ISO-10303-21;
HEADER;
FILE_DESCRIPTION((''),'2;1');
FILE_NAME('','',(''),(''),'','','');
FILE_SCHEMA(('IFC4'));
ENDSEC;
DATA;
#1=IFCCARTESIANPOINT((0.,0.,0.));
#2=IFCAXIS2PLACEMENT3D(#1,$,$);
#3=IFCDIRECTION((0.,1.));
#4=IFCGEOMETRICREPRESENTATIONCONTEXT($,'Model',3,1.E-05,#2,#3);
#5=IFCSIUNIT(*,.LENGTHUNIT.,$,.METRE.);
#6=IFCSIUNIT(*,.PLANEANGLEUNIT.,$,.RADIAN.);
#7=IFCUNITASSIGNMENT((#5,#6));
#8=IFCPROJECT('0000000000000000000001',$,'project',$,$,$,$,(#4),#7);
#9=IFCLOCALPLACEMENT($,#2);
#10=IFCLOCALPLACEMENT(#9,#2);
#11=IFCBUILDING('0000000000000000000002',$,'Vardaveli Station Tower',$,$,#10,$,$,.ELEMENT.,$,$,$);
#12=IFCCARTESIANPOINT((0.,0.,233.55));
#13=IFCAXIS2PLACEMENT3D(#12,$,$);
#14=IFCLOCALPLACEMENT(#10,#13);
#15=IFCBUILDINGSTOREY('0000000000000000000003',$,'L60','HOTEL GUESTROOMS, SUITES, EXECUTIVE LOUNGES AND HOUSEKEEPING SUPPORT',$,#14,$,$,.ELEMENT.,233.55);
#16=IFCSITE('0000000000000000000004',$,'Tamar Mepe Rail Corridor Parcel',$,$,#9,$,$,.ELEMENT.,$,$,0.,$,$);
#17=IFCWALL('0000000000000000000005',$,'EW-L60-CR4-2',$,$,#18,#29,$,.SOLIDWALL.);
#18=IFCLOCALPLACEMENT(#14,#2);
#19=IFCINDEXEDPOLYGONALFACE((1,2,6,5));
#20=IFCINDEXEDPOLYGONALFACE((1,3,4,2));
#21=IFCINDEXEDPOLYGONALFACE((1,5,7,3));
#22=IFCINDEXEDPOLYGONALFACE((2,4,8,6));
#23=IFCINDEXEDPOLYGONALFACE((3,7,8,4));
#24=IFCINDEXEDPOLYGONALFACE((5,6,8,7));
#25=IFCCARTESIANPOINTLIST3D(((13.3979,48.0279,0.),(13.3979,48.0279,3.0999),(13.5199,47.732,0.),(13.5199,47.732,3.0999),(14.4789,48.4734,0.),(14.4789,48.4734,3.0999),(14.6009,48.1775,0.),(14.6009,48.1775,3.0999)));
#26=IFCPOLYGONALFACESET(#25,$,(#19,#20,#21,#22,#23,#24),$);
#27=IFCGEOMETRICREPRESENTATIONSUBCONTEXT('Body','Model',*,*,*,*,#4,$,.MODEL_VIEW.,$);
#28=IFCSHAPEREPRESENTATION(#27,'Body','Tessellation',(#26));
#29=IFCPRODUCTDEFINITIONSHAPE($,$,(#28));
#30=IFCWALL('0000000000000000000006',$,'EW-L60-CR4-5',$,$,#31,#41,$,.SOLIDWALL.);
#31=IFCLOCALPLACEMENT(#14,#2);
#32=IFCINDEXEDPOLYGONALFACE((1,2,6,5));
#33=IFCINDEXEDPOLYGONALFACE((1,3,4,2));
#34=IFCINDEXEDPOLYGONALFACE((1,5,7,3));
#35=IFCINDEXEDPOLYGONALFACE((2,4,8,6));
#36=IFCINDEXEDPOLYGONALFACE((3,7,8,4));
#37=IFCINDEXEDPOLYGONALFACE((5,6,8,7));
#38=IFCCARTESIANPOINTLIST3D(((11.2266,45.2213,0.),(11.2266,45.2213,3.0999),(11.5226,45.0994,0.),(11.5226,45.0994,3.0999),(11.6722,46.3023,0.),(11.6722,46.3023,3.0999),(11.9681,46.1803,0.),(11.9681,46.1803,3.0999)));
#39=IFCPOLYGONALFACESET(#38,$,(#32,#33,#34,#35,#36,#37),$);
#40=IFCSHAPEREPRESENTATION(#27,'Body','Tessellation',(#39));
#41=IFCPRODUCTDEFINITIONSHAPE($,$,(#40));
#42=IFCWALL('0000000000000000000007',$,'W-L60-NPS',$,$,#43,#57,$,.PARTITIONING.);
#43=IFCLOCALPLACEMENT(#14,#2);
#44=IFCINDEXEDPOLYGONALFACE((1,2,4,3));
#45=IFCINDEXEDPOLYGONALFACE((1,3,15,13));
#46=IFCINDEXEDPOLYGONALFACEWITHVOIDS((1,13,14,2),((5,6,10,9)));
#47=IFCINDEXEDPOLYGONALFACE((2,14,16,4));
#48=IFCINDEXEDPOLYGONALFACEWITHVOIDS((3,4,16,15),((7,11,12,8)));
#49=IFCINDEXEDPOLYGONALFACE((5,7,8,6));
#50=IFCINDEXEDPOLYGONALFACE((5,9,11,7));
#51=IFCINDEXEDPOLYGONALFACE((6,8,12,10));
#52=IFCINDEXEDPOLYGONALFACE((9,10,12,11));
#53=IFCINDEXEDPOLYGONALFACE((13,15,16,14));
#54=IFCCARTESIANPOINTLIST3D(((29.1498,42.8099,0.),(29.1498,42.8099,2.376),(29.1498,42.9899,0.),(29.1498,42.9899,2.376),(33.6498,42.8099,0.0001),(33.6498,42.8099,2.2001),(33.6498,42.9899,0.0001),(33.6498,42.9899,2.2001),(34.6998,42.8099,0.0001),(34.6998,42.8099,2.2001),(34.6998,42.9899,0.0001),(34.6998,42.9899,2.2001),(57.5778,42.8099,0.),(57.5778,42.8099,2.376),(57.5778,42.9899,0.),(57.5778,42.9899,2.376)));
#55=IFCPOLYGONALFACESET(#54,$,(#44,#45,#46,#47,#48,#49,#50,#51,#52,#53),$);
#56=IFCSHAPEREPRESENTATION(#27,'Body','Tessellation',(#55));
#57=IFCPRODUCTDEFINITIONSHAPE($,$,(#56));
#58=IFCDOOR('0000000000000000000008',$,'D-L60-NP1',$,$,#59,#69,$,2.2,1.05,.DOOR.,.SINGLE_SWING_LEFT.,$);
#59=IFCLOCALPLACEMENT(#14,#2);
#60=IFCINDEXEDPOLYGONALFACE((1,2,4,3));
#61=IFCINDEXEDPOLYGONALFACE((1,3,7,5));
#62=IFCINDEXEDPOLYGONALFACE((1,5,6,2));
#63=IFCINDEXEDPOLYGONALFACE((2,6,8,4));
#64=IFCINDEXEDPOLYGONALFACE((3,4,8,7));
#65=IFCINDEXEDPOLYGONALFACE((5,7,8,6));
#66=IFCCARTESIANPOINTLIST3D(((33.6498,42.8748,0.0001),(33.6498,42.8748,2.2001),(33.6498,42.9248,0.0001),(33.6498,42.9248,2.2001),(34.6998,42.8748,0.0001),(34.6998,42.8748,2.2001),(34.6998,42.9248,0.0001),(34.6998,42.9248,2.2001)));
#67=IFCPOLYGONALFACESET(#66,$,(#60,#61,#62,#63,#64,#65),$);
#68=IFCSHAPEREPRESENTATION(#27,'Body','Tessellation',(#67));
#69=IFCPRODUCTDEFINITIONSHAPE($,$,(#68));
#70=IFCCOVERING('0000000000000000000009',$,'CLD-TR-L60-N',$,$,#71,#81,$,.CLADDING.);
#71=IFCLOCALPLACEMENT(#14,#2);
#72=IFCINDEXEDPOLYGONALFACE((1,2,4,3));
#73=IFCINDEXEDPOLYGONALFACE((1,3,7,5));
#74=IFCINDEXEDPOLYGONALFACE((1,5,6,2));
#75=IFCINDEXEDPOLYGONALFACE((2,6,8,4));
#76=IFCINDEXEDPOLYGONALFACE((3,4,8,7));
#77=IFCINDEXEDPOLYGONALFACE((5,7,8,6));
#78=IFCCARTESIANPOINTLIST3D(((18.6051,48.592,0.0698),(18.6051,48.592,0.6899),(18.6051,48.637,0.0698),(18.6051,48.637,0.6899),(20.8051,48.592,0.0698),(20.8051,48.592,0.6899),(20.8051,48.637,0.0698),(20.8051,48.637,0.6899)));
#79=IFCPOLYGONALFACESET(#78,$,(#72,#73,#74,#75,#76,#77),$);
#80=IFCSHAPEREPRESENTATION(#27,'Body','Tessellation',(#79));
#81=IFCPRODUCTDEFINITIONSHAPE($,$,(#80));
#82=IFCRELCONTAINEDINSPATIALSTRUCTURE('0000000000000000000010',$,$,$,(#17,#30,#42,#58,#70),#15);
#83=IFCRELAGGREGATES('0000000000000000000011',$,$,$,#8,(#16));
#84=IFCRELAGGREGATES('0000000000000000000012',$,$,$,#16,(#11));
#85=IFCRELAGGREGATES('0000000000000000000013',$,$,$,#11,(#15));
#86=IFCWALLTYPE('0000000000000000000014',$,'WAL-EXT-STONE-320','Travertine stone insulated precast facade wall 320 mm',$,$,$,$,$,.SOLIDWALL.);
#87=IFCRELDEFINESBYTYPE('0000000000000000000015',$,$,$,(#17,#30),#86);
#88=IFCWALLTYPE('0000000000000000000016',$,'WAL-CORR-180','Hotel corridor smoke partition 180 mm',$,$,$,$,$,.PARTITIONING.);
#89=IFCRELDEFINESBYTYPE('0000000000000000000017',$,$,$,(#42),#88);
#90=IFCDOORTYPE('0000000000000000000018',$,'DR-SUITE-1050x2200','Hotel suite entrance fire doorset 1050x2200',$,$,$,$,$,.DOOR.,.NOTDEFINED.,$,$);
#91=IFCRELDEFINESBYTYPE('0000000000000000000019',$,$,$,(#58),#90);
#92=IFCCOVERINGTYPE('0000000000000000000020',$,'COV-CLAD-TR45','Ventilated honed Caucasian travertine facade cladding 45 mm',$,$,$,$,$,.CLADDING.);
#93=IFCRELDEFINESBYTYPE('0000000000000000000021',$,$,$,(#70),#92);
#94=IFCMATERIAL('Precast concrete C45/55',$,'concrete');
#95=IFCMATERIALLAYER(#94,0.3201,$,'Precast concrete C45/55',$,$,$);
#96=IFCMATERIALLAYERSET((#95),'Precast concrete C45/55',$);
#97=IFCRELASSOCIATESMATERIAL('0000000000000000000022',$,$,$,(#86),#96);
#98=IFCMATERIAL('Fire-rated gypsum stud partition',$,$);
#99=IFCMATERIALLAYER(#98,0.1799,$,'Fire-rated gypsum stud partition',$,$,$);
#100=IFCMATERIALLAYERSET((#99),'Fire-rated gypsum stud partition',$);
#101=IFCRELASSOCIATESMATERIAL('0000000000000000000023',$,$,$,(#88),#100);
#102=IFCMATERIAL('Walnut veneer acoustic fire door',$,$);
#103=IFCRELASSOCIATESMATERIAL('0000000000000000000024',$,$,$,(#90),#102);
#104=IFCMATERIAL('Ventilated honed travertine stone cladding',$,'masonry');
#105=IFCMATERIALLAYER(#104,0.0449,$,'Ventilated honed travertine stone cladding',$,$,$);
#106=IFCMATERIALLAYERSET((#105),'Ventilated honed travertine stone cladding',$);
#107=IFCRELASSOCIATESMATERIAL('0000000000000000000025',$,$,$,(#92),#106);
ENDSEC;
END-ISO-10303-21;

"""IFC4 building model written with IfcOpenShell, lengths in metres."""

from ifc_helpers import new_model, si_unit, direction, frame, frame_2d, origin, origin_2d, place, context, subcontext, project, spatial, rectangle, extrude, source, transform, mapped, material, layer, layer_set, type_object, element, fill, save


model = new_model("IFC4")

# Units and contexts
model_context = context("Model", 3, precision=1e-05, world=origin(), true_north=direction((0.0, 1.0)))
body_context = subcontext(model_context, "Body", "Model", "MODEL_VIEW")
ifc_project = project(units=[si_unit("LENGTHUNIT", "METRE"), si_unit("PLANEANGLEUNIT", "RADIAN")], contexts=[model_context])

# Site, building, storey
site_placement = place(None, origin())
site = spatial("IfcSite", under=ifc_project, at=site_placement, Name="Tamar Mepe Rail Corridor Parcel", CompositionType="ELEMENT", RefElevation=0.0)
building_placement = place(site_placement, origin())
building = spatial("IfcBuilding", under=site, at=building_placement, Name="Vardaveli Station Tower", CompositionType="ELEMENT")
storey_placement = place(building_placement, frame((0.0, 0.0, 233.55)))
storey = spatial("IfcBuildingStorey", under=building, at=storey_placement, Name="L60", Description="HOTEL GUESTROOMS, SUITES, EXECUTIVE LOUNGES AND HOUSEKEEPING SUPPORT", CompositionType="ELEMENT", Elevation=233.55)

# Shared definitions
ifc_material_1 = material(Name="Precast concrete C45/55", Category="concrete")

# Shared definitions
ifc_layer_1 = layer(ifc_material_1, 0.3201, Name="Precast concrete C45/55")
ifc_layer_set_1 = layer_set([ifc_layer_1], Name="Precast concrete C45/55")
wall_type_1 = type_object("IfcWallType", Name="WAL-EXT-STONE-320", Description="Travertine stone insulated precast facade wall 320 mm", PredefinedType="SOLIDWALL", material=ifc_layer_set_1)

# Walls
shared_shape_1 = source(origin(), body_context, "Body", "SweptSolid", [
    extrude(rectangle(XDim=1.1692, YDim=0.3201, at=frame_2d((0.5845, 0.0))), origin(), (0.0, 0.0, 1.0), 3.0999),
])
for number, where, z_axis, x_axis, name in (
    (1, (14.5398, 48.3254, 0.0), (0.0, 0.0, 1.0), (-0.924553, -0.381054, 0.0), "EW-L60-CR4-2"),
    (2, (11.8201, 46.2412, 0.0), (0.0, 0.0, 1.0), (-0.381054, -0.924553, 0.0), "EW-L60-CR4-5"),
):
    element("IfcWall", number, at=place(storey_placement, frame(where, z_axis=z_axis, x_axis=x_axis)), inside=storey, type_object=wall_type_1, Name=name, PredefinedType="SOLIDWALL", context=body_context, shape_type="MappedRepresentation", body=[
        mapped(shared_shape_1, transform((0.0, 0.0, 0.0), scale=1.0)),
    ])

# Wall, opening, door
ifc_material_2 = material(Name="Fire-rated gypsum stud partition")
ifc_layer_2 = layer(ifc_material_2, 0.1799, Name="Fire-rated gypsum stud partition")
ifc_layer_set_2 = layer_set([ifc_layer_2], Name="Fire-rated gypsum stud partition")
wall_type_2 = type_object("IfcWallType", Name="WAL-CORR-180", Description="Hotel corridor smoke partition 180 mm", PredefinedType="PARTITIONING", material=ifc_layer_set_2)
shared_shape_2 = source(origin(), body_context, "Body", "SweptSolid", [
    extrude(rectangle(XDim=28.428, YDim=0.1799, at=frame_2d((14.2139, 0.0))), origin(), (0.0, 0.0, 1.0), 2.376),
])
wall_1_placement = place(storey_placement, frame((29.1499, 42.8999, 0.0), z_axis=(0.0, 0.0, 1.0), x_axis=(1.0, 0.0, 0.0)))
wall_1 = element("IfcWall", 3, at=wall_1_placement, inside=storey, type_object=wall_type_2, Name="W-L60-NPS", PredefinedType="PARTITIONING", context=body_context, shape_type="MappedRepresentation", body=[
    mapped(shared_shape_2, transform((0.0, 0.0, 0.0), scale=1.0)),
])
shared_shape_3 = source(origin(), body_context, "Body", "SweptSolid", [
    extrude(rectangle(XDim=1.05, YDim=2.2, at=frame_2d((0.5249, 1.1001))), frame((0.0, 0.1001, 0.0), z_axis=(0.0, -1.0, 0.0), x_axis=(1.0, 0.0, 0.0)), (0.0, 0.0, 1.0), 0.2),
])
opening_1_placement = place(wall_1_placement, frame((4.5, 0.0, 0.0)))
opening_1 = element("IfcOpeningElement", 4, at=opening_1_placement, cuts=wall_1, PredefinedType="OPENING", context=body_context, shape_type="MappedRepresentation", body=[
    mapped(shared_shape_3, transform((0.0, 0.0, 0.0), scale=1.0)),
])
ifc_material_3 = material(Name="Walnut veneer acoustic fire door")
door_type_1 = type_object("IfcDoorType", Name="DR-SUITE-1050x2200", Description="Hotel suite entrance fire doorset 1050x2200", OperationType="NOTDEFINED", PredefinedType="DOOR", material=ifc_material_3)
shared_shape_4 = source(origin(), body_context, "Body", "SweptSolid", [
    extrude(rectangle(XDim=1.05, YDim=2.2, at=frame_2d((0.5249, 1.1001))), frame((0.0, 0.0249, 0.0), z_axis=(0.0, -1.0, 0.0), x_axis=(1.0, 0.0, 0.0)), (0.0, 0.0, 1.0), 0.05),
])
door_1_placement = place(opening_1_placement, origin())
door_1 = element("IfcDoor", 5, at=door_1_placement, inside=storey, type_object=door_type_1, Name="D-L60-NP1", OperationType="SINGLE_SWING_LEFT", OverallHeight=2.2, OverallWidth=1.05, PredefinedType="DOOR", context=body_context, shape_type="MappedRepresentation", body=[
    mapped(shared_shape_4, transform((0.0, 0.0, 0.0), scale=1.0)),
])
fill(opening_1, door_1)

# Covering
ifc_material_4 = material(Name="Ventilated honed travertine stone cladding", Category="masonry")
ifc_layer_3 = layer(ifc_material_4, 0.0449, Name="Ventilated honed travertine stone cladding")
ifc_layer_set_3 = layer_set([ifc_layer_3], Name="Ventilated honed travertine stone cladding")
covering_type = type_object("IfcCoveringType", Name="COV-CLAD-TR45", Description="Ventilated honed Caucasian travertine facade cladding 45 mm", PredefinedType="CLADDING", material=ifc_layer_set_3)
shared_shape_5 = source(origin(), body_context, "Body", "SweptSolid", [
    extrude(rectangle(XDim=2.2, YDim=0.0449, at=origin_2d()), origin(), (0.0, 0.0, 1.0), 0.6201),
])
covering_placement = place(storey_placement, frame((19.7051, 48.6145, 0.0698), z_axis=(0.0, 0.0, 1.0), x_axis=(1.0, 0.0, 0.0)))
element("IfcCovering", 6, at=covering_placement, inside=storey, type_object=covering_type, Name="CLD-TR-L60-N", PredefinedType="CLADDING", context=body_context, shape_type="MappedRepresentation", body=[
    mapped(shared_shape_5, transform((0.0, 0.0, 0.0), scale=1.0)),
])

save(model, "model.ifc")
